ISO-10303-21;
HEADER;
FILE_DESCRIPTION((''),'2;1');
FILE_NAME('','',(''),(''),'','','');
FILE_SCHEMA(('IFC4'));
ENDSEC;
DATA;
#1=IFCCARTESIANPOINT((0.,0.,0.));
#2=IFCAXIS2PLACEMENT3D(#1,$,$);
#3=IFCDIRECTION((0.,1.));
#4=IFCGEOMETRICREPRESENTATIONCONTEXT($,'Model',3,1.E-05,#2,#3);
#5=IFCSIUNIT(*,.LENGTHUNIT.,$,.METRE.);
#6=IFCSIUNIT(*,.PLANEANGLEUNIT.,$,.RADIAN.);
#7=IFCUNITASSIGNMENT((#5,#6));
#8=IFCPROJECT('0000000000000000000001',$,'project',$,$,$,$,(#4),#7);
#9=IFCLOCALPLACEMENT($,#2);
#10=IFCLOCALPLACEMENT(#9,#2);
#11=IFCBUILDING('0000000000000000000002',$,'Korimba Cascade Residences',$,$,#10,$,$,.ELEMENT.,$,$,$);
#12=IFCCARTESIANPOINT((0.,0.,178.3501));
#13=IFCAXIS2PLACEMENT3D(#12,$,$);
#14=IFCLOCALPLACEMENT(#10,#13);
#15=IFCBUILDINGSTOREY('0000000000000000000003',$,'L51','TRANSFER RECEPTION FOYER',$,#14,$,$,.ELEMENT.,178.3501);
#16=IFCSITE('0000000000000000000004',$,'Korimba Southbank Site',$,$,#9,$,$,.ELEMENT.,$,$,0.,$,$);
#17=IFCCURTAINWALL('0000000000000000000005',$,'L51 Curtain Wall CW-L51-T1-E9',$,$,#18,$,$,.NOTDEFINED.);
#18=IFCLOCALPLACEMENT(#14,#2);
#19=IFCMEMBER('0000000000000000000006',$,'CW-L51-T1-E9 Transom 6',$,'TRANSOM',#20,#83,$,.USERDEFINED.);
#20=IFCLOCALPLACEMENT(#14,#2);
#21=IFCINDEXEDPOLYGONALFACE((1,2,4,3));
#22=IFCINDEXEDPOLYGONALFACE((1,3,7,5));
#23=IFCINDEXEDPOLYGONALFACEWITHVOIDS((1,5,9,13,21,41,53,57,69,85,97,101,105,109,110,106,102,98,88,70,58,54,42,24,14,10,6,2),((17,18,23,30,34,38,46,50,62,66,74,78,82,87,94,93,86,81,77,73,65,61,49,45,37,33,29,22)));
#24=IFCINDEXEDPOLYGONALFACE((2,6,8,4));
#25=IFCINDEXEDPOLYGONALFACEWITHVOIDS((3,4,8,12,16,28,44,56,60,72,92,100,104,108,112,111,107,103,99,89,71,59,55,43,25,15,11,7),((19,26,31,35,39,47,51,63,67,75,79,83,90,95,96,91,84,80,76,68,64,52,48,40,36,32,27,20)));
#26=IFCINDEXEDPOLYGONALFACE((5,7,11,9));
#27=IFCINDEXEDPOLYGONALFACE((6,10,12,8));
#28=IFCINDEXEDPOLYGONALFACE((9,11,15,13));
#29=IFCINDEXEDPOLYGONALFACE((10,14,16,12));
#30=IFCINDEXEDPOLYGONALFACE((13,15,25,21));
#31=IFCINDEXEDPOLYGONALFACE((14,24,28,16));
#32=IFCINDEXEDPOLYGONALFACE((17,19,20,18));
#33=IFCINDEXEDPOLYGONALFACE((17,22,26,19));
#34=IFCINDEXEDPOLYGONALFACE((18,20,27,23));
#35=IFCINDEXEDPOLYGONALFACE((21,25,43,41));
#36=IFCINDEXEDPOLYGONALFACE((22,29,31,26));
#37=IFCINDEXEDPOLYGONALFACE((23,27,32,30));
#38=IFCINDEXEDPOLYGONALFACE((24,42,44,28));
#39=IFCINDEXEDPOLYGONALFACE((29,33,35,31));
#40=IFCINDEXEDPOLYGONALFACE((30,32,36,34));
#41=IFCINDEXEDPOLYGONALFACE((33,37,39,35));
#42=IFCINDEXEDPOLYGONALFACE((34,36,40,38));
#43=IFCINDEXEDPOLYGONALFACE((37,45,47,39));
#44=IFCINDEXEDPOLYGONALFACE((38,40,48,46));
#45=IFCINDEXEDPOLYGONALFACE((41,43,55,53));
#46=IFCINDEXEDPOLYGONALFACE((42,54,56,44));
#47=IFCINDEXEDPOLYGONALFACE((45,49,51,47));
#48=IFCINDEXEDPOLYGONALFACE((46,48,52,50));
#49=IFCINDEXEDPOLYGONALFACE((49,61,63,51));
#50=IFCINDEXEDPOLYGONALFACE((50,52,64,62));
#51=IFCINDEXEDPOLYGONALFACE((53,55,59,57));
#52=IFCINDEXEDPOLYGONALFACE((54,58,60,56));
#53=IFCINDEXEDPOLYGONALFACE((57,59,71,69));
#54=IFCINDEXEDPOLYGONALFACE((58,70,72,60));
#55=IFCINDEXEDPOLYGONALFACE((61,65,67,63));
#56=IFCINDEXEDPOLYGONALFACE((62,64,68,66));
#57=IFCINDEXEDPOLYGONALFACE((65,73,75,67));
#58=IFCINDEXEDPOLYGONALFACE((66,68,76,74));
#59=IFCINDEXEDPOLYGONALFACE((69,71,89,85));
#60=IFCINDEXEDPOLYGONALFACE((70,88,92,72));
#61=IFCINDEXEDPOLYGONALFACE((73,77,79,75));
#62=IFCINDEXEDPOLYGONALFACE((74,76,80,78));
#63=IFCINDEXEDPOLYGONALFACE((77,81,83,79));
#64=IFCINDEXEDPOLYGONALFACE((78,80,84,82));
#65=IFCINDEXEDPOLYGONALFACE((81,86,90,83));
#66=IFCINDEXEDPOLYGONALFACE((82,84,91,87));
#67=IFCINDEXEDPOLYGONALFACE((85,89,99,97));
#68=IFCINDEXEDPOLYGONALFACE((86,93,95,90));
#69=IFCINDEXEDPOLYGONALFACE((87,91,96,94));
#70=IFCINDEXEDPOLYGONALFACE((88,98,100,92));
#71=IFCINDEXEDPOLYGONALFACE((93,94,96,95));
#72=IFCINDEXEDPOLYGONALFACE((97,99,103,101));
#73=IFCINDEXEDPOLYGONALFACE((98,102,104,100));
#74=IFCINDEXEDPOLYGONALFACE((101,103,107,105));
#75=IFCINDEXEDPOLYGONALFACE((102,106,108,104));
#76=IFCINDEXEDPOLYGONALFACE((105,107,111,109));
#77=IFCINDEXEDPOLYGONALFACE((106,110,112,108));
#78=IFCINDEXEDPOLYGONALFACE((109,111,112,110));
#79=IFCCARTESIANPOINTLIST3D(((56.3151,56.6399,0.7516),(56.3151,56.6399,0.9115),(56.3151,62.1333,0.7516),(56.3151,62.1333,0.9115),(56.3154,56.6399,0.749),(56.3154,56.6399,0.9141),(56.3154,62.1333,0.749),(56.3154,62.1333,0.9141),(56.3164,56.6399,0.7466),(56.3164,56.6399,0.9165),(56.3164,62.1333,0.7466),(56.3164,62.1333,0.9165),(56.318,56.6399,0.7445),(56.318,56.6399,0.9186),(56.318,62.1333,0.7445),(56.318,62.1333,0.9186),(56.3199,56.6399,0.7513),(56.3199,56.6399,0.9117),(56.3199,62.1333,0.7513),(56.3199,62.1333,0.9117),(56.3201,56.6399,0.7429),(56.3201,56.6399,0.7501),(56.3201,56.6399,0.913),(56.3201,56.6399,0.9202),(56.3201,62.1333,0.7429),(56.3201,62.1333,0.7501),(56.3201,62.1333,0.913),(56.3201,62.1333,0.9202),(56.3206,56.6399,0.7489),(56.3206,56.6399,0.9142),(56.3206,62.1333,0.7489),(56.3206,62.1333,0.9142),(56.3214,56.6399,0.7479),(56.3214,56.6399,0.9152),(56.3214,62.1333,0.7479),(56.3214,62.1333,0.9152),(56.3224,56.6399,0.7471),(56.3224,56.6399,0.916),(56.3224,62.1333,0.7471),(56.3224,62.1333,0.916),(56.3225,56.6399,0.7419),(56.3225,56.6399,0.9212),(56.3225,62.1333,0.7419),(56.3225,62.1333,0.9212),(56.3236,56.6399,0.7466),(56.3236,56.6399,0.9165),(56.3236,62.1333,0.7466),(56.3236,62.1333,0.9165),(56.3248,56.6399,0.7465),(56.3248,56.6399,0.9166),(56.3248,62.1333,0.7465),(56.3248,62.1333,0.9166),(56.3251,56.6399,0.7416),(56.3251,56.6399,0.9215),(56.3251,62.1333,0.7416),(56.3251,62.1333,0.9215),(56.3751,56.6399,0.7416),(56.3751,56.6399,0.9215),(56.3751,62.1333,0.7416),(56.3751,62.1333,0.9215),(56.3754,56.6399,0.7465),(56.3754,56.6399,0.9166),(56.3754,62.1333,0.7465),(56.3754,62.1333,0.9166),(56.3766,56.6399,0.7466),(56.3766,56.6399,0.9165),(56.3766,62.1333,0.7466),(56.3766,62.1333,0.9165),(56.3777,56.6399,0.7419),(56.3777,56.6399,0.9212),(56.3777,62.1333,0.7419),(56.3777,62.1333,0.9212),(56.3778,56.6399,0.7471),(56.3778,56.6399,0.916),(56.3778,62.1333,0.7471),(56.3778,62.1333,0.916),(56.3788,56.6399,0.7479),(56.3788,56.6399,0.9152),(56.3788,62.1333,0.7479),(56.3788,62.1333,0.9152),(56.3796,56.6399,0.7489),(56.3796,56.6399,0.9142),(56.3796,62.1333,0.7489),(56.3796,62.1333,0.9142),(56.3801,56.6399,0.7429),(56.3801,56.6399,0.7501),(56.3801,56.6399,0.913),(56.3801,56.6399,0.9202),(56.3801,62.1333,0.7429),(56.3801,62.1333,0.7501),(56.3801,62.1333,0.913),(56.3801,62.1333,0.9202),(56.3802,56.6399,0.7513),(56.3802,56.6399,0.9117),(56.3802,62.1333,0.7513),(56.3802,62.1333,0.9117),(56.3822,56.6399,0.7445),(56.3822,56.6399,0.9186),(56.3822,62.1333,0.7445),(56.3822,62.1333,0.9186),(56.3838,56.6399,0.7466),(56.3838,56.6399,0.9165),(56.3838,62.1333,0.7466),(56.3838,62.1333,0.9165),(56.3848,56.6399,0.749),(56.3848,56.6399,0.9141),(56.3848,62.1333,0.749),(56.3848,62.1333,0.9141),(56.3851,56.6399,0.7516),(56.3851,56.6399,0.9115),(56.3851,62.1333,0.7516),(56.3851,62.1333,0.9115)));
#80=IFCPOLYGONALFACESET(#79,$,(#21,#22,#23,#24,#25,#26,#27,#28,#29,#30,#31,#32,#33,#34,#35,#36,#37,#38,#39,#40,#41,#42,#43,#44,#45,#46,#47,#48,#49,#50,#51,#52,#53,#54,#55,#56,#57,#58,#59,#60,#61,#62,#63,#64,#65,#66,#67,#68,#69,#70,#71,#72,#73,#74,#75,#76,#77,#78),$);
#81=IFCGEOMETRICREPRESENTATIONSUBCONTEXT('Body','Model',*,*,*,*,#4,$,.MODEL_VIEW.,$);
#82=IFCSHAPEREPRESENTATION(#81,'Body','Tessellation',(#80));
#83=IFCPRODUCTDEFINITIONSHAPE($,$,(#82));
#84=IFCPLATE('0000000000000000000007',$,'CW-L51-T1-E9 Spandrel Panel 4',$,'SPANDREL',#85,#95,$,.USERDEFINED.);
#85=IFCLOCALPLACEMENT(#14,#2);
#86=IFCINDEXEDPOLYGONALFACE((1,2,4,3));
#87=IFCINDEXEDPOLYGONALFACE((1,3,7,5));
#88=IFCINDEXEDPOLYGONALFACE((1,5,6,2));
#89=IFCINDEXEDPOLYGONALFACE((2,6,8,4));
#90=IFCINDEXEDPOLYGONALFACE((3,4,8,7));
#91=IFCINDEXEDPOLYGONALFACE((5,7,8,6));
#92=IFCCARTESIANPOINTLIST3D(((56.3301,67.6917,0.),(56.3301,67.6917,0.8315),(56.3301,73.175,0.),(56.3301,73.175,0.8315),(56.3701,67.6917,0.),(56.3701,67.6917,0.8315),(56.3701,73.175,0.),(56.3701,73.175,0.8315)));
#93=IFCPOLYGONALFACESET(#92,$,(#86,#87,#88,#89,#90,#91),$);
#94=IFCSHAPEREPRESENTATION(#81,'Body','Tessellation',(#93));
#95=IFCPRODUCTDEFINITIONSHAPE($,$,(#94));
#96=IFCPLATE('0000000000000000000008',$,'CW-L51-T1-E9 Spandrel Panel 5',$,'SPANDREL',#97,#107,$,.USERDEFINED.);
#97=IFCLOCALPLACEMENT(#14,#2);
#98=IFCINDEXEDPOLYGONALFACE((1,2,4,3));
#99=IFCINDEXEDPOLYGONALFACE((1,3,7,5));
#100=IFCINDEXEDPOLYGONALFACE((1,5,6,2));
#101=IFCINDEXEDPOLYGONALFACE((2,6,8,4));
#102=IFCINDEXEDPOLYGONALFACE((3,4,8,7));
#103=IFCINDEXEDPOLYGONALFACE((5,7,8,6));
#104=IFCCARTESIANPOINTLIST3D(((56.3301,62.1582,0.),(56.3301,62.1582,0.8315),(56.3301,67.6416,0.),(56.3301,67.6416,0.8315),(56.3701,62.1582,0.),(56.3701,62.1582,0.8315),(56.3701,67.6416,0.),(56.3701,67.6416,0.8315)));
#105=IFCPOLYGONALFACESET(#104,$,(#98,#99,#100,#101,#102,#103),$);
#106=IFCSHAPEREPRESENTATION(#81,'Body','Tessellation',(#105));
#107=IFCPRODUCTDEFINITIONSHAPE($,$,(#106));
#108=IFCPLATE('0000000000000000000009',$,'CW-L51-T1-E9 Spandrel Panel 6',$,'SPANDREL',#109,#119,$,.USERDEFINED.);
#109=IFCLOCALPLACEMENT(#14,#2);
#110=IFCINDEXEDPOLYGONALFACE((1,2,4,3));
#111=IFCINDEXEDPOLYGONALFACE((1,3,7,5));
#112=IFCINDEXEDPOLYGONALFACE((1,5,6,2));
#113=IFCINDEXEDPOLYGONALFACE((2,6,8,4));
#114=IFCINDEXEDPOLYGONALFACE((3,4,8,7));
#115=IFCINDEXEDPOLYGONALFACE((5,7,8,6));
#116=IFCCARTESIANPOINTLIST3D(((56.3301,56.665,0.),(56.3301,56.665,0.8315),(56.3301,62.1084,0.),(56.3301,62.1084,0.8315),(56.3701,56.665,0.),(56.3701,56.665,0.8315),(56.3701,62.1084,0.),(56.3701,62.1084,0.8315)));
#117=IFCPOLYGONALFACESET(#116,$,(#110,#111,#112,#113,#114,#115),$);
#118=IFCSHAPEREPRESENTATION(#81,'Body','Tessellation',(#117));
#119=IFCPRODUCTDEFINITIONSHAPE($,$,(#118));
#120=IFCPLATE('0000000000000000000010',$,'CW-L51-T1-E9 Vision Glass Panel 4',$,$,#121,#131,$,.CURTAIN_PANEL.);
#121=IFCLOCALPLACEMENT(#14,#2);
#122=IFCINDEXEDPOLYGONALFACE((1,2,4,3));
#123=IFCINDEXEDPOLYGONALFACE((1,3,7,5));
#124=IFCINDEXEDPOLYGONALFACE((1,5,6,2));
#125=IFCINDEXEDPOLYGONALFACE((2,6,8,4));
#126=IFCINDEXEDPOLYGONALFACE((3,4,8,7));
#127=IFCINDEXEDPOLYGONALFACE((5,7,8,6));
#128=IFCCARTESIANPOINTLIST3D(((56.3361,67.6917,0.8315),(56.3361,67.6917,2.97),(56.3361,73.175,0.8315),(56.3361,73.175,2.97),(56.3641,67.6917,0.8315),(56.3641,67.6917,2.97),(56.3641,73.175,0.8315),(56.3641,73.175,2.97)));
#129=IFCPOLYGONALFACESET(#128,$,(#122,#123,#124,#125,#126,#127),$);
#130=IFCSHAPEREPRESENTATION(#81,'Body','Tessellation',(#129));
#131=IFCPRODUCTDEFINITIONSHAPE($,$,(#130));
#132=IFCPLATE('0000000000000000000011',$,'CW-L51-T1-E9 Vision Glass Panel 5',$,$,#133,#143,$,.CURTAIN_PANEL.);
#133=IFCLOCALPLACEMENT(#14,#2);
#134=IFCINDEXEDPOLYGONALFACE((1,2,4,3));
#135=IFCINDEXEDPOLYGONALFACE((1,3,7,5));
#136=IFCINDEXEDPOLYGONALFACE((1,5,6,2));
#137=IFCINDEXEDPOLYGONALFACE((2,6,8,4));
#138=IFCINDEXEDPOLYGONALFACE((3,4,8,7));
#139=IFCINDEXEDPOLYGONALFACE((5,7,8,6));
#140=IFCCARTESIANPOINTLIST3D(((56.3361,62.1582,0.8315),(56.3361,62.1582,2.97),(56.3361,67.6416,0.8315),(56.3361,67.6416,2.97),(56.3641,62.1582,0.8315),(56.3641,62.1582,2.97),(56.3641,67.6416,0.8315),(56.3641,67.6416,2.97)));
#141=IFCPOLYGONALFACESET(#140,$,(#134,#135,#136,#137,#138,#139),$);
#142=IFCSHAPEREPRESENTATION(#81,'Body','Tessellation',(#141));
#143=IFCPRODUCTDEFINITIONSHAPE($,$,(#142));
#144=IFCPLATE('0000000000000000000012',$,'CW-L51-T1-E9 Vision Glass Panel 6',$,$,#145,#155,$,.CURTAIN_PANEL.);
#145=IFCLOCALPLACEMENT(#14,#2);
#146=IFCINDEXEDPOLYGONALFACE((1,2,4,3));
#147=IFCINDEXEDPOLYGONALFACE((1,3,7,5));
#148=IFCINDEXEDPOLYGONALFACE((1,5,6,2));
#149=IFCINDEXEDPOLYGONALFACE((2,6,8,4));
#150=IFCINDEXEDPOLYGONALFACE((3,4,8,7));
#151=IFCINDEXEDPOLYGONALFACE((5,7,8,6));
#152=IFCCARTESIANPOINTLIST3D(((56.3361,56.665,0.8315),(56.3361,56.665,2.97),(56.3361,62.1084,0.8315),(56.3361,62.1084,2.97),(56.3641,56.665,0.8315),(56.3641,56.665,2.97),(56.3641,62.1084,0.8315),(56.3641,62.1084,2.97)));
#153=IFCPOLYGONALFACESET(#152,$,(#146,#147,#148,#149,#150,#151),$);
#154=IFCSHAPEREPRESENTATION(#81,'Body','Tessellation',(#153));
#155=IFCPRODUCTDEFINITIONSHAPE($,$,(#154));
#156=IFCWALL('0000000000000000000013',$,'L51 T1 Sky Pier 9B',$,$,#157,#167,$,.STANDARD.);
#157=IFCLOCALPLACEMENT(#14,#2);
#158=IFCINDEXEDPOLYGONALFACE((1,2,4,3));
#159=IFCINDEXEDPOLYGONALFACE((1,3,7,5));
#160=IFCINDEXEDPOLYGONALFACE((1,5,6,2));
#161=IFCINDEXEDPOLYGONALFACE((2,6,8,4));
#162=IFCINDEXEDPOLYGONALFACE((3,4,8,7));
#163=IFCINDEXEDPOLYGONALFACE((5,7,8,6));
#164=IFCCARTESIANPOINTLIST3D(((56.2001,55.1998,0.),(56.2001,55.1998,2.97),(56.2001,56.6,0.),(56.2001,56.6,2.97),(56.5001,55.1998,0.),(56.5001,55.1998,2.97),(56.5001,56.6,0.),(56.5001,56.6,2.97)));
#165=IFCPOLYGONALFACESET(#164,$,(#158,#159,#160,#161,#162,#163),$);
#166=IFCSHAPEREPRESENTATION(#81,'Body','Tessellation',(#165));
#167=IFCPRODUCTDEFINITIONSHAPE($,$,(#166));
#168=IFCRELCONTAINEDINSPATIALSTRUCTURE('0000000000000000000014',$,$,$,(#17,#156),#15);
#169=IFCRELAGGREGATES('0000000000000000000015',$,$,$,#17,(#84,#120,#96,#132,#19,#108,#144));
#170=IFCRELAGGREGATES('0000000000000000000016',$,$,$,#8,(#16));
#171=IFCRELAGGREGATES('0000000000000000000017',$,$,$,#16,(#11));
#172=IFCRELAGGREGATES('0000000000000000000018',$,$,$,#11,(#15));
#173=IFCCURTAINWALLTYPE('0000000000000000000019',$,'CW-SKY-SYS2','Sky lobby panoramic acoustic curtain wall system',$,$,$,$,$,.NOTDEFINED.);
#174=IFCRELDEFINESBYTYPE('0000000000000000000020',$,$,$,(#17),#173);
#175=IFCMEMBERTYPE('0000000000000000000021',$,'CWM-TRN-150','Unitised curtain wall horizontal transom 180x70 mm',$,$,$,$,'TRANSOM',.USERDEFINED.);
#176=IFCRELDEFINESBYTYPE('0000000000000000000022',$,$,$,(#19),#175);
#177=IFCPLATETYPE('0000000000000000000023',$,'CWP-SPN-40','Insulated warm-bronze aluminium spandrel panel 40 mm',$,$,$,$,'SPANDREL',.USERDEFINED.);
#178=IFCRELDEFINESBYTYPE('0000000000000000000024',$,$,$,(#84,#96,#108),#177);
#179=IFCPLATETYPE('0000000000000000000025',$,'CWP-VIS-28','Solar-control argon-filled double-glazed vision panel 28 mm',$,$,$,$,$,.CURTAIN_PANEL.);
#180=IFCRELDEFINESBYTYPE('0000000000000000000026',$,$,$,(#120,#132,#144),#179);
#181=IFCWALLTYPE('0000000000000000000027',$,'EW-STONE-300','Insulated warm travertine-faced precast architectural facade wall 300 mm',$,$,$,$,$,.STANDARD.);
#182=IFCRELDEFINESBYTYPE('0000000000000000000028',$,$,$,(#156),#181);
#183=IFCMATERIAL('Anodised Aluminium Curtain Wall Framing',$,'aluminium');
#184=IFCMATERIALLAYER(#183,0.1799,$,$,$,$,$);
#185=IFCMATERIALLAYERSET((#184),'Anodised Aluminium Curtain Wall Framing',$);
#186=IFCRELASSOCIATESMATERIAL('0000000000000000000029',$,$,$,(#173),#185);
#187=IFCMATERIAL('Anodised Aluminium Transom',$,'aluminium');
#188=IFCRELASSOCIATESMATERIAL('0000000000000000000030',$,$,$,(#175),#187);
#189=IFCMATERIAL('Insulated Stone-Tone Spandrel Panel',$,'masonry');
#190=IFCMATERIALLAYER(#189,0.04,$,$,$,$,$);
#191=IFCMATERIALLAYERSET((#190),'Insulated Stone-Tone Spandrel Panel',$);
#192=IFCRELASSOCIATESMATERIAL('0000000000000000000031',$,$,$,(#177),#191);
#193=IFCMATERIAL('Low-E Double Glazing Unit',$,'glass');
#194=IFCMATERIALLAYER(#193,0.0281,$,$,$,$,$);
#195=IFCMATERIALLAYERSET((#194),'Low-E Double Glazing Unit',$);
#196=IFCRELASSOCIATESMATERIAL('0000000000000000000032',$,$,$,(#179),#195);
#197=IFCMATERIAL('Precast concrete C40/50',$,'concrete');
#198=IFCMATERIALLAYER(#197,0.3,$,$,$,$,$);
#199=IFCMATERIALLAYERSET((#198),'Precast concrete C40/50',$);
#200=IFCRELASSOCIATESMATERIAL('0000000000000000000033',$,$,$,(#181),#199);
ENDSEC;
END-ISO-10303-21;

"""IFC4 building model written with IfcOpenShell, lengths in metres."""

from ifc_helpers import new_model, si_unit, direction, frame, frame_2d, origin, origin_2d, place, context, subcontext, project, spatial, rectangle, hollow_rectangle, extrude, material, layer, layer_set, material_profile, profile_set, type_object, element, aggregate, save


model = new_model("IFC4")

# Units and contexts
model_context = context("Model", 3, precision=1e-05, world=origin(), true_north=direction((0.0, 1.0)))
body_context = subcontext(model_context, "Body", "Model", "MODEL_VIEW")
ifc_project = project(units=[si_unit("LENGTHUNIT", "METRE"), si_unit("PLANEANGLEUNIT", "RADIAN")], contexts=[model_context])

# Site, building, storey
site_placement = place(None, origin())
site = spatial("IfcSite", under=ifc_project, at=site_placement, Name="Korimba Southbank Site", CompositionType="ELEMENT", RefElevation=0.0)
building_placement = place(site_placement, origin())
building = spatial("IfcBuilding", under=site, at=building_placement, Name="Korimba Cascade Residences", CompositionType="ELEMENT")
storey_placement = place(building_placement, frame((0.0, 0.0, 178.3501)))
storey = spatial("IfcBuildingStorey", under=building, at=storey_placement, Name="L51", Description="TRANSFER RECEPTION FOYER", CompositionType="ELEMENT", Elevation=178.3501)

# Curtain wall, member, plates
ifc_material_1 = material(Name="Anodised Aluminium Curtain Wall Framing", Category="aluminium")
ifc_layer_1 = layer(ifc_material_1, 0.1799)
ifc_layer_set_1 = layer_set([ifc_layer_1], Name="Anodised Aluminium Curtain Wall Framing")
curtain_wall_type = type_object("IfcCurtainWallType", Name="CW-SKY-SYS2", Description="Sky lobby panoramic acoustic curtain wall system", PredefinedType="NOTDEFINED", material=ifc_layer_set_1)
curtain_wall_placement = place(storey_placement, origin())
curtain_wall = element("IfcCurtainWall", 1, at=curtain_wall_placement, inside=storey, type_object=curtain_wall_type, Name="L51 Curtain Wall CW-L51-T1-E9", PredefinedType="NOTDEFINED")
ifc_material_2 = material(Name="Anodised Aluminium Transom", Category="aluminium")
ifc_material_profile_1 = material_profile(ifc_material_2, hollow_rectangle(XDim=0.0701, YDim=0.1799, WallThickness=0.0049, InnerFilletRadius=0.0049, OuterFilletRadius=0.01, at=origin_2d()), Name="Anodised Aluminium Transom")
ifc_profile_set_1 = profile_set([ifc_material_profile_1], Name="Anodised Aluminium Transom")
member_type_1 = type_object("IfcMemberType", Name="CWM-TRN-150", Description="Unitised curtain wall horizontal transom 180x70 mm", ElementType="TRANSOM", PredefinedType="USERDEFINED", material=ifc_profile_set_1)
member_1_placement = place(storey_placement, frame((56.3501, 62.1333, 0.8315), z_axis=(0.0, -1.0, 0.0), x_axis=(1.0, 0.0, 0.0)))
member_1 = element("IfcMember", 2, at=member_1_placement, type_object=member_type_1, Name="CW-L51-T1-E9 Transom 6", ObjectType="TRANSOM", PredefinedType="USERDEFINED", context=body_context, shape_type="SweptSolid", body=[
    extrude(hollow_rectangle(XDim=0.0701, YDim=0.1799, WallThickness=0.0049, InnerFilletRadius=0.0049, OuterFilletRadius=0.01, at=origin_2d()), origin(), (0.0, 0.0, 1.0), 5.4934),
])
ifc_material_3 = material(Name="Insulated Stone-Tone Spandrel Panel", Category="masonry")
ifc_layer_2 = layer(ifc_material_3, 0.04)
ifc_layer_set_2 = layer_set([ifc_layer_2], Name="Insulated Stone-Tone Spandrel Panel")
plate_type_1 = type_object("IfcPlateType", Name="CWP-SPN-40", Description="Insulated warm-bronze aluminium spandrel panel 40 mm", ElementType="SPANDREL", PredefinedType="USERDEFINED", material=ifc_layer_set_2)
plate_1_placement = place(storey_placement, frame((56.3501, 70.4333, 0.0), z_axis=(0.0, 0.0, 1.0), x_axis=(0.0, -1.0, 0.0)))
plate_1 = element("IfcPlate", 3, at=plate_1_placement, type_object=plate_type_1, Name="CW-L51-T1-E9 Spandrel Panel 4", ObjectType="SPANDREL", PredefinedType="USERDEFINED", context=body_context, shape_type="SweptSolid", body=[
    extrude(rectangle(XDim=5.4834, YDim=0.04, at=origin_2d()), origin(), (0.0, 0.0, 1.0), 0.8315),
])
plate_2_placement = place(storey_placement, frame((56.3501, 64.8999, 0.0), z_axis=(0.0, 0.0, 1.0), x_axis=(0.0, -1.0, 0.0)))
plate_2 = element("IfcPlate", 4, at=plate_2_placement, type_object=plate_type_1, Name="CW-L51-T1-E9 Spandrel Panel 5", ObjectType="SPANDREL", PredefinedType="USERDEFINED", context=body_context, shape_type="SweptSolid", body=[
    extrude(rectangle(XDim=5.4834, YDim=0.04, at=origin_2d()), origin(), (0.0, 0.0, 1.0), 0.8315),
])
plate_3_placement = place(storey_placement, frame((56.3501, 59.3867, 0.0), z_axis=(0.0, 0.0, 1.0), x_axis=(0.0, -1.0, 0.0)))
plate_3 = element("IfcPlate", 5, at=plate_3_placement, type_object=plate_type_1, Name="CW-L51-T1-E9 Spandrel Panel 6", ObjectType="SPANDREL", PredefinedType="USERDEFINED", context=body_context, shape_type="SweptSolid", body=[
    extrude(rectangle(XDim=5.4434, YDim=0.04, at=origin_2d()), origin(), (0.0, 0.0, 1.0), 0.8315),
])
ifc_material_4 = material(Name="Low-E Double Glazing Unit", Category="glass")
ifc_layer_3 = layer(ifc_material_4, 0.0281)
ifc_layer_set_3 = layer_set([ifc_layer_3], Name="Low-E Double Glazing Unit")
plate_type_2 = type_object("IfcPlateType", Name="CWP-VIS-28", Description="Solar-control argon-filled double-glazed vision panel 28 mm", PredefinedType="CURTAIN_PANEL", material=ifc_layer_set_3)
plate_4_placement = place(storey_placement, frame((56.3501, 70.4333, 0.8315), z_axis=(0.0, 0.0, 1.0), x_axis=(0.0, -1.0, 0.0)))
plate_4 = element("IfcPlate", 6, at=plate_4_placement, type_object=plate_type_2, Name="CW-L51-T1-E9 Vision Glass Panel 4", PredefinedType="CURTAIN_PANEL", context=body_context, shape_type="SweptSolid", body=[
    extrude(rectangle(XDim=5.4834, YDim=0.0281, at=origin_2d()), origin(), (0.0, 0.0, 1.0), 2.1384),
])
plate_5_placement = place(storey_placement, frame((56.3501, 64.8999, 0.8315), z_axis=(0.0, 0.0, 1.0), x_axis=(0.0, -1.0, 0.0)))
plate_5 = element("IfcPlate", 7, at=plate_5_placement, type_object=plate_type_2, Name="CW-L51-T1-E9 Vision Glass Panel 5", PredefinedType="CURTAIN_PANEL", context=body_context, shape_type="SweptSolid", body=[
    extrude(rectangle(XDim=5.4834, YDim=0.0281, at=origin_2d()), origin(), (0.0, 0.0, 1.0), 2.1384),
])
plate_6_placement = place(storey_placement, frame((56.3501, 59.3867, 0.8315), z_axis=(0.0, 0.0, 1.0), x_axis=(0.0, -1.0, 0.0)))
plate_6 = element("IfcPlate", 8, at=plate_6_placement, type_object=plate_type_2, Name="CW-L51-T1-E9 Vision Glass Panel 6", PredefinedType="CURTAIN_PANEL", context=body_context, shape_type="SweptSolid", body=[
    extrude(rectangle(XDim=5.4434, YDim=0.0281, at=origin_2d()), origin(), (0.0, 0.0, 1.0), 2.1384),
])
aggregate(curtain_wall, [plate_1, plate_4, plate_2, plate_5, member_1, plate_3, plate_6])

# Wall
ifc_material_5 = material(Name="Precast concrete C40/50", Category="concrete")
ifc_layer_4 = layer(ifc_material_5, 0.3)
ifc_layer_set_4 = layer_set([ifc_layer_4], Name="Precast concrete C40/50")
wall_type = type_object("IfcWallType", Name="EW-STONE-300", Description="Insulated warm travertine-faced precast architectural facade wall 300 mm", PredefinedType="STANDARD", material=ifc_layer_set_4)
wall_placement = place(storey_placement, frame((56.3501, 56.6001, 0.0), z_axis=(0.0, 0.0, 1.0), x_axis=(0.0, -1.0, 0.0)))
element("IfcWall", 9, at=wall_placement, inside=storey, type_object=wall_type, Name="L51 T1 Sky Pier 9B", PredefinedType="STANDARD", context=body_context, shape_type="SweptSolid", body=[
    extrude(rectangle(XDim=1.4001, YDim=0.3, at=frame_2d((0.7002, 0.0))), origin(), (0.0, 0.0, 1.0), 2.97),
])

save(model, "model.ifc")
